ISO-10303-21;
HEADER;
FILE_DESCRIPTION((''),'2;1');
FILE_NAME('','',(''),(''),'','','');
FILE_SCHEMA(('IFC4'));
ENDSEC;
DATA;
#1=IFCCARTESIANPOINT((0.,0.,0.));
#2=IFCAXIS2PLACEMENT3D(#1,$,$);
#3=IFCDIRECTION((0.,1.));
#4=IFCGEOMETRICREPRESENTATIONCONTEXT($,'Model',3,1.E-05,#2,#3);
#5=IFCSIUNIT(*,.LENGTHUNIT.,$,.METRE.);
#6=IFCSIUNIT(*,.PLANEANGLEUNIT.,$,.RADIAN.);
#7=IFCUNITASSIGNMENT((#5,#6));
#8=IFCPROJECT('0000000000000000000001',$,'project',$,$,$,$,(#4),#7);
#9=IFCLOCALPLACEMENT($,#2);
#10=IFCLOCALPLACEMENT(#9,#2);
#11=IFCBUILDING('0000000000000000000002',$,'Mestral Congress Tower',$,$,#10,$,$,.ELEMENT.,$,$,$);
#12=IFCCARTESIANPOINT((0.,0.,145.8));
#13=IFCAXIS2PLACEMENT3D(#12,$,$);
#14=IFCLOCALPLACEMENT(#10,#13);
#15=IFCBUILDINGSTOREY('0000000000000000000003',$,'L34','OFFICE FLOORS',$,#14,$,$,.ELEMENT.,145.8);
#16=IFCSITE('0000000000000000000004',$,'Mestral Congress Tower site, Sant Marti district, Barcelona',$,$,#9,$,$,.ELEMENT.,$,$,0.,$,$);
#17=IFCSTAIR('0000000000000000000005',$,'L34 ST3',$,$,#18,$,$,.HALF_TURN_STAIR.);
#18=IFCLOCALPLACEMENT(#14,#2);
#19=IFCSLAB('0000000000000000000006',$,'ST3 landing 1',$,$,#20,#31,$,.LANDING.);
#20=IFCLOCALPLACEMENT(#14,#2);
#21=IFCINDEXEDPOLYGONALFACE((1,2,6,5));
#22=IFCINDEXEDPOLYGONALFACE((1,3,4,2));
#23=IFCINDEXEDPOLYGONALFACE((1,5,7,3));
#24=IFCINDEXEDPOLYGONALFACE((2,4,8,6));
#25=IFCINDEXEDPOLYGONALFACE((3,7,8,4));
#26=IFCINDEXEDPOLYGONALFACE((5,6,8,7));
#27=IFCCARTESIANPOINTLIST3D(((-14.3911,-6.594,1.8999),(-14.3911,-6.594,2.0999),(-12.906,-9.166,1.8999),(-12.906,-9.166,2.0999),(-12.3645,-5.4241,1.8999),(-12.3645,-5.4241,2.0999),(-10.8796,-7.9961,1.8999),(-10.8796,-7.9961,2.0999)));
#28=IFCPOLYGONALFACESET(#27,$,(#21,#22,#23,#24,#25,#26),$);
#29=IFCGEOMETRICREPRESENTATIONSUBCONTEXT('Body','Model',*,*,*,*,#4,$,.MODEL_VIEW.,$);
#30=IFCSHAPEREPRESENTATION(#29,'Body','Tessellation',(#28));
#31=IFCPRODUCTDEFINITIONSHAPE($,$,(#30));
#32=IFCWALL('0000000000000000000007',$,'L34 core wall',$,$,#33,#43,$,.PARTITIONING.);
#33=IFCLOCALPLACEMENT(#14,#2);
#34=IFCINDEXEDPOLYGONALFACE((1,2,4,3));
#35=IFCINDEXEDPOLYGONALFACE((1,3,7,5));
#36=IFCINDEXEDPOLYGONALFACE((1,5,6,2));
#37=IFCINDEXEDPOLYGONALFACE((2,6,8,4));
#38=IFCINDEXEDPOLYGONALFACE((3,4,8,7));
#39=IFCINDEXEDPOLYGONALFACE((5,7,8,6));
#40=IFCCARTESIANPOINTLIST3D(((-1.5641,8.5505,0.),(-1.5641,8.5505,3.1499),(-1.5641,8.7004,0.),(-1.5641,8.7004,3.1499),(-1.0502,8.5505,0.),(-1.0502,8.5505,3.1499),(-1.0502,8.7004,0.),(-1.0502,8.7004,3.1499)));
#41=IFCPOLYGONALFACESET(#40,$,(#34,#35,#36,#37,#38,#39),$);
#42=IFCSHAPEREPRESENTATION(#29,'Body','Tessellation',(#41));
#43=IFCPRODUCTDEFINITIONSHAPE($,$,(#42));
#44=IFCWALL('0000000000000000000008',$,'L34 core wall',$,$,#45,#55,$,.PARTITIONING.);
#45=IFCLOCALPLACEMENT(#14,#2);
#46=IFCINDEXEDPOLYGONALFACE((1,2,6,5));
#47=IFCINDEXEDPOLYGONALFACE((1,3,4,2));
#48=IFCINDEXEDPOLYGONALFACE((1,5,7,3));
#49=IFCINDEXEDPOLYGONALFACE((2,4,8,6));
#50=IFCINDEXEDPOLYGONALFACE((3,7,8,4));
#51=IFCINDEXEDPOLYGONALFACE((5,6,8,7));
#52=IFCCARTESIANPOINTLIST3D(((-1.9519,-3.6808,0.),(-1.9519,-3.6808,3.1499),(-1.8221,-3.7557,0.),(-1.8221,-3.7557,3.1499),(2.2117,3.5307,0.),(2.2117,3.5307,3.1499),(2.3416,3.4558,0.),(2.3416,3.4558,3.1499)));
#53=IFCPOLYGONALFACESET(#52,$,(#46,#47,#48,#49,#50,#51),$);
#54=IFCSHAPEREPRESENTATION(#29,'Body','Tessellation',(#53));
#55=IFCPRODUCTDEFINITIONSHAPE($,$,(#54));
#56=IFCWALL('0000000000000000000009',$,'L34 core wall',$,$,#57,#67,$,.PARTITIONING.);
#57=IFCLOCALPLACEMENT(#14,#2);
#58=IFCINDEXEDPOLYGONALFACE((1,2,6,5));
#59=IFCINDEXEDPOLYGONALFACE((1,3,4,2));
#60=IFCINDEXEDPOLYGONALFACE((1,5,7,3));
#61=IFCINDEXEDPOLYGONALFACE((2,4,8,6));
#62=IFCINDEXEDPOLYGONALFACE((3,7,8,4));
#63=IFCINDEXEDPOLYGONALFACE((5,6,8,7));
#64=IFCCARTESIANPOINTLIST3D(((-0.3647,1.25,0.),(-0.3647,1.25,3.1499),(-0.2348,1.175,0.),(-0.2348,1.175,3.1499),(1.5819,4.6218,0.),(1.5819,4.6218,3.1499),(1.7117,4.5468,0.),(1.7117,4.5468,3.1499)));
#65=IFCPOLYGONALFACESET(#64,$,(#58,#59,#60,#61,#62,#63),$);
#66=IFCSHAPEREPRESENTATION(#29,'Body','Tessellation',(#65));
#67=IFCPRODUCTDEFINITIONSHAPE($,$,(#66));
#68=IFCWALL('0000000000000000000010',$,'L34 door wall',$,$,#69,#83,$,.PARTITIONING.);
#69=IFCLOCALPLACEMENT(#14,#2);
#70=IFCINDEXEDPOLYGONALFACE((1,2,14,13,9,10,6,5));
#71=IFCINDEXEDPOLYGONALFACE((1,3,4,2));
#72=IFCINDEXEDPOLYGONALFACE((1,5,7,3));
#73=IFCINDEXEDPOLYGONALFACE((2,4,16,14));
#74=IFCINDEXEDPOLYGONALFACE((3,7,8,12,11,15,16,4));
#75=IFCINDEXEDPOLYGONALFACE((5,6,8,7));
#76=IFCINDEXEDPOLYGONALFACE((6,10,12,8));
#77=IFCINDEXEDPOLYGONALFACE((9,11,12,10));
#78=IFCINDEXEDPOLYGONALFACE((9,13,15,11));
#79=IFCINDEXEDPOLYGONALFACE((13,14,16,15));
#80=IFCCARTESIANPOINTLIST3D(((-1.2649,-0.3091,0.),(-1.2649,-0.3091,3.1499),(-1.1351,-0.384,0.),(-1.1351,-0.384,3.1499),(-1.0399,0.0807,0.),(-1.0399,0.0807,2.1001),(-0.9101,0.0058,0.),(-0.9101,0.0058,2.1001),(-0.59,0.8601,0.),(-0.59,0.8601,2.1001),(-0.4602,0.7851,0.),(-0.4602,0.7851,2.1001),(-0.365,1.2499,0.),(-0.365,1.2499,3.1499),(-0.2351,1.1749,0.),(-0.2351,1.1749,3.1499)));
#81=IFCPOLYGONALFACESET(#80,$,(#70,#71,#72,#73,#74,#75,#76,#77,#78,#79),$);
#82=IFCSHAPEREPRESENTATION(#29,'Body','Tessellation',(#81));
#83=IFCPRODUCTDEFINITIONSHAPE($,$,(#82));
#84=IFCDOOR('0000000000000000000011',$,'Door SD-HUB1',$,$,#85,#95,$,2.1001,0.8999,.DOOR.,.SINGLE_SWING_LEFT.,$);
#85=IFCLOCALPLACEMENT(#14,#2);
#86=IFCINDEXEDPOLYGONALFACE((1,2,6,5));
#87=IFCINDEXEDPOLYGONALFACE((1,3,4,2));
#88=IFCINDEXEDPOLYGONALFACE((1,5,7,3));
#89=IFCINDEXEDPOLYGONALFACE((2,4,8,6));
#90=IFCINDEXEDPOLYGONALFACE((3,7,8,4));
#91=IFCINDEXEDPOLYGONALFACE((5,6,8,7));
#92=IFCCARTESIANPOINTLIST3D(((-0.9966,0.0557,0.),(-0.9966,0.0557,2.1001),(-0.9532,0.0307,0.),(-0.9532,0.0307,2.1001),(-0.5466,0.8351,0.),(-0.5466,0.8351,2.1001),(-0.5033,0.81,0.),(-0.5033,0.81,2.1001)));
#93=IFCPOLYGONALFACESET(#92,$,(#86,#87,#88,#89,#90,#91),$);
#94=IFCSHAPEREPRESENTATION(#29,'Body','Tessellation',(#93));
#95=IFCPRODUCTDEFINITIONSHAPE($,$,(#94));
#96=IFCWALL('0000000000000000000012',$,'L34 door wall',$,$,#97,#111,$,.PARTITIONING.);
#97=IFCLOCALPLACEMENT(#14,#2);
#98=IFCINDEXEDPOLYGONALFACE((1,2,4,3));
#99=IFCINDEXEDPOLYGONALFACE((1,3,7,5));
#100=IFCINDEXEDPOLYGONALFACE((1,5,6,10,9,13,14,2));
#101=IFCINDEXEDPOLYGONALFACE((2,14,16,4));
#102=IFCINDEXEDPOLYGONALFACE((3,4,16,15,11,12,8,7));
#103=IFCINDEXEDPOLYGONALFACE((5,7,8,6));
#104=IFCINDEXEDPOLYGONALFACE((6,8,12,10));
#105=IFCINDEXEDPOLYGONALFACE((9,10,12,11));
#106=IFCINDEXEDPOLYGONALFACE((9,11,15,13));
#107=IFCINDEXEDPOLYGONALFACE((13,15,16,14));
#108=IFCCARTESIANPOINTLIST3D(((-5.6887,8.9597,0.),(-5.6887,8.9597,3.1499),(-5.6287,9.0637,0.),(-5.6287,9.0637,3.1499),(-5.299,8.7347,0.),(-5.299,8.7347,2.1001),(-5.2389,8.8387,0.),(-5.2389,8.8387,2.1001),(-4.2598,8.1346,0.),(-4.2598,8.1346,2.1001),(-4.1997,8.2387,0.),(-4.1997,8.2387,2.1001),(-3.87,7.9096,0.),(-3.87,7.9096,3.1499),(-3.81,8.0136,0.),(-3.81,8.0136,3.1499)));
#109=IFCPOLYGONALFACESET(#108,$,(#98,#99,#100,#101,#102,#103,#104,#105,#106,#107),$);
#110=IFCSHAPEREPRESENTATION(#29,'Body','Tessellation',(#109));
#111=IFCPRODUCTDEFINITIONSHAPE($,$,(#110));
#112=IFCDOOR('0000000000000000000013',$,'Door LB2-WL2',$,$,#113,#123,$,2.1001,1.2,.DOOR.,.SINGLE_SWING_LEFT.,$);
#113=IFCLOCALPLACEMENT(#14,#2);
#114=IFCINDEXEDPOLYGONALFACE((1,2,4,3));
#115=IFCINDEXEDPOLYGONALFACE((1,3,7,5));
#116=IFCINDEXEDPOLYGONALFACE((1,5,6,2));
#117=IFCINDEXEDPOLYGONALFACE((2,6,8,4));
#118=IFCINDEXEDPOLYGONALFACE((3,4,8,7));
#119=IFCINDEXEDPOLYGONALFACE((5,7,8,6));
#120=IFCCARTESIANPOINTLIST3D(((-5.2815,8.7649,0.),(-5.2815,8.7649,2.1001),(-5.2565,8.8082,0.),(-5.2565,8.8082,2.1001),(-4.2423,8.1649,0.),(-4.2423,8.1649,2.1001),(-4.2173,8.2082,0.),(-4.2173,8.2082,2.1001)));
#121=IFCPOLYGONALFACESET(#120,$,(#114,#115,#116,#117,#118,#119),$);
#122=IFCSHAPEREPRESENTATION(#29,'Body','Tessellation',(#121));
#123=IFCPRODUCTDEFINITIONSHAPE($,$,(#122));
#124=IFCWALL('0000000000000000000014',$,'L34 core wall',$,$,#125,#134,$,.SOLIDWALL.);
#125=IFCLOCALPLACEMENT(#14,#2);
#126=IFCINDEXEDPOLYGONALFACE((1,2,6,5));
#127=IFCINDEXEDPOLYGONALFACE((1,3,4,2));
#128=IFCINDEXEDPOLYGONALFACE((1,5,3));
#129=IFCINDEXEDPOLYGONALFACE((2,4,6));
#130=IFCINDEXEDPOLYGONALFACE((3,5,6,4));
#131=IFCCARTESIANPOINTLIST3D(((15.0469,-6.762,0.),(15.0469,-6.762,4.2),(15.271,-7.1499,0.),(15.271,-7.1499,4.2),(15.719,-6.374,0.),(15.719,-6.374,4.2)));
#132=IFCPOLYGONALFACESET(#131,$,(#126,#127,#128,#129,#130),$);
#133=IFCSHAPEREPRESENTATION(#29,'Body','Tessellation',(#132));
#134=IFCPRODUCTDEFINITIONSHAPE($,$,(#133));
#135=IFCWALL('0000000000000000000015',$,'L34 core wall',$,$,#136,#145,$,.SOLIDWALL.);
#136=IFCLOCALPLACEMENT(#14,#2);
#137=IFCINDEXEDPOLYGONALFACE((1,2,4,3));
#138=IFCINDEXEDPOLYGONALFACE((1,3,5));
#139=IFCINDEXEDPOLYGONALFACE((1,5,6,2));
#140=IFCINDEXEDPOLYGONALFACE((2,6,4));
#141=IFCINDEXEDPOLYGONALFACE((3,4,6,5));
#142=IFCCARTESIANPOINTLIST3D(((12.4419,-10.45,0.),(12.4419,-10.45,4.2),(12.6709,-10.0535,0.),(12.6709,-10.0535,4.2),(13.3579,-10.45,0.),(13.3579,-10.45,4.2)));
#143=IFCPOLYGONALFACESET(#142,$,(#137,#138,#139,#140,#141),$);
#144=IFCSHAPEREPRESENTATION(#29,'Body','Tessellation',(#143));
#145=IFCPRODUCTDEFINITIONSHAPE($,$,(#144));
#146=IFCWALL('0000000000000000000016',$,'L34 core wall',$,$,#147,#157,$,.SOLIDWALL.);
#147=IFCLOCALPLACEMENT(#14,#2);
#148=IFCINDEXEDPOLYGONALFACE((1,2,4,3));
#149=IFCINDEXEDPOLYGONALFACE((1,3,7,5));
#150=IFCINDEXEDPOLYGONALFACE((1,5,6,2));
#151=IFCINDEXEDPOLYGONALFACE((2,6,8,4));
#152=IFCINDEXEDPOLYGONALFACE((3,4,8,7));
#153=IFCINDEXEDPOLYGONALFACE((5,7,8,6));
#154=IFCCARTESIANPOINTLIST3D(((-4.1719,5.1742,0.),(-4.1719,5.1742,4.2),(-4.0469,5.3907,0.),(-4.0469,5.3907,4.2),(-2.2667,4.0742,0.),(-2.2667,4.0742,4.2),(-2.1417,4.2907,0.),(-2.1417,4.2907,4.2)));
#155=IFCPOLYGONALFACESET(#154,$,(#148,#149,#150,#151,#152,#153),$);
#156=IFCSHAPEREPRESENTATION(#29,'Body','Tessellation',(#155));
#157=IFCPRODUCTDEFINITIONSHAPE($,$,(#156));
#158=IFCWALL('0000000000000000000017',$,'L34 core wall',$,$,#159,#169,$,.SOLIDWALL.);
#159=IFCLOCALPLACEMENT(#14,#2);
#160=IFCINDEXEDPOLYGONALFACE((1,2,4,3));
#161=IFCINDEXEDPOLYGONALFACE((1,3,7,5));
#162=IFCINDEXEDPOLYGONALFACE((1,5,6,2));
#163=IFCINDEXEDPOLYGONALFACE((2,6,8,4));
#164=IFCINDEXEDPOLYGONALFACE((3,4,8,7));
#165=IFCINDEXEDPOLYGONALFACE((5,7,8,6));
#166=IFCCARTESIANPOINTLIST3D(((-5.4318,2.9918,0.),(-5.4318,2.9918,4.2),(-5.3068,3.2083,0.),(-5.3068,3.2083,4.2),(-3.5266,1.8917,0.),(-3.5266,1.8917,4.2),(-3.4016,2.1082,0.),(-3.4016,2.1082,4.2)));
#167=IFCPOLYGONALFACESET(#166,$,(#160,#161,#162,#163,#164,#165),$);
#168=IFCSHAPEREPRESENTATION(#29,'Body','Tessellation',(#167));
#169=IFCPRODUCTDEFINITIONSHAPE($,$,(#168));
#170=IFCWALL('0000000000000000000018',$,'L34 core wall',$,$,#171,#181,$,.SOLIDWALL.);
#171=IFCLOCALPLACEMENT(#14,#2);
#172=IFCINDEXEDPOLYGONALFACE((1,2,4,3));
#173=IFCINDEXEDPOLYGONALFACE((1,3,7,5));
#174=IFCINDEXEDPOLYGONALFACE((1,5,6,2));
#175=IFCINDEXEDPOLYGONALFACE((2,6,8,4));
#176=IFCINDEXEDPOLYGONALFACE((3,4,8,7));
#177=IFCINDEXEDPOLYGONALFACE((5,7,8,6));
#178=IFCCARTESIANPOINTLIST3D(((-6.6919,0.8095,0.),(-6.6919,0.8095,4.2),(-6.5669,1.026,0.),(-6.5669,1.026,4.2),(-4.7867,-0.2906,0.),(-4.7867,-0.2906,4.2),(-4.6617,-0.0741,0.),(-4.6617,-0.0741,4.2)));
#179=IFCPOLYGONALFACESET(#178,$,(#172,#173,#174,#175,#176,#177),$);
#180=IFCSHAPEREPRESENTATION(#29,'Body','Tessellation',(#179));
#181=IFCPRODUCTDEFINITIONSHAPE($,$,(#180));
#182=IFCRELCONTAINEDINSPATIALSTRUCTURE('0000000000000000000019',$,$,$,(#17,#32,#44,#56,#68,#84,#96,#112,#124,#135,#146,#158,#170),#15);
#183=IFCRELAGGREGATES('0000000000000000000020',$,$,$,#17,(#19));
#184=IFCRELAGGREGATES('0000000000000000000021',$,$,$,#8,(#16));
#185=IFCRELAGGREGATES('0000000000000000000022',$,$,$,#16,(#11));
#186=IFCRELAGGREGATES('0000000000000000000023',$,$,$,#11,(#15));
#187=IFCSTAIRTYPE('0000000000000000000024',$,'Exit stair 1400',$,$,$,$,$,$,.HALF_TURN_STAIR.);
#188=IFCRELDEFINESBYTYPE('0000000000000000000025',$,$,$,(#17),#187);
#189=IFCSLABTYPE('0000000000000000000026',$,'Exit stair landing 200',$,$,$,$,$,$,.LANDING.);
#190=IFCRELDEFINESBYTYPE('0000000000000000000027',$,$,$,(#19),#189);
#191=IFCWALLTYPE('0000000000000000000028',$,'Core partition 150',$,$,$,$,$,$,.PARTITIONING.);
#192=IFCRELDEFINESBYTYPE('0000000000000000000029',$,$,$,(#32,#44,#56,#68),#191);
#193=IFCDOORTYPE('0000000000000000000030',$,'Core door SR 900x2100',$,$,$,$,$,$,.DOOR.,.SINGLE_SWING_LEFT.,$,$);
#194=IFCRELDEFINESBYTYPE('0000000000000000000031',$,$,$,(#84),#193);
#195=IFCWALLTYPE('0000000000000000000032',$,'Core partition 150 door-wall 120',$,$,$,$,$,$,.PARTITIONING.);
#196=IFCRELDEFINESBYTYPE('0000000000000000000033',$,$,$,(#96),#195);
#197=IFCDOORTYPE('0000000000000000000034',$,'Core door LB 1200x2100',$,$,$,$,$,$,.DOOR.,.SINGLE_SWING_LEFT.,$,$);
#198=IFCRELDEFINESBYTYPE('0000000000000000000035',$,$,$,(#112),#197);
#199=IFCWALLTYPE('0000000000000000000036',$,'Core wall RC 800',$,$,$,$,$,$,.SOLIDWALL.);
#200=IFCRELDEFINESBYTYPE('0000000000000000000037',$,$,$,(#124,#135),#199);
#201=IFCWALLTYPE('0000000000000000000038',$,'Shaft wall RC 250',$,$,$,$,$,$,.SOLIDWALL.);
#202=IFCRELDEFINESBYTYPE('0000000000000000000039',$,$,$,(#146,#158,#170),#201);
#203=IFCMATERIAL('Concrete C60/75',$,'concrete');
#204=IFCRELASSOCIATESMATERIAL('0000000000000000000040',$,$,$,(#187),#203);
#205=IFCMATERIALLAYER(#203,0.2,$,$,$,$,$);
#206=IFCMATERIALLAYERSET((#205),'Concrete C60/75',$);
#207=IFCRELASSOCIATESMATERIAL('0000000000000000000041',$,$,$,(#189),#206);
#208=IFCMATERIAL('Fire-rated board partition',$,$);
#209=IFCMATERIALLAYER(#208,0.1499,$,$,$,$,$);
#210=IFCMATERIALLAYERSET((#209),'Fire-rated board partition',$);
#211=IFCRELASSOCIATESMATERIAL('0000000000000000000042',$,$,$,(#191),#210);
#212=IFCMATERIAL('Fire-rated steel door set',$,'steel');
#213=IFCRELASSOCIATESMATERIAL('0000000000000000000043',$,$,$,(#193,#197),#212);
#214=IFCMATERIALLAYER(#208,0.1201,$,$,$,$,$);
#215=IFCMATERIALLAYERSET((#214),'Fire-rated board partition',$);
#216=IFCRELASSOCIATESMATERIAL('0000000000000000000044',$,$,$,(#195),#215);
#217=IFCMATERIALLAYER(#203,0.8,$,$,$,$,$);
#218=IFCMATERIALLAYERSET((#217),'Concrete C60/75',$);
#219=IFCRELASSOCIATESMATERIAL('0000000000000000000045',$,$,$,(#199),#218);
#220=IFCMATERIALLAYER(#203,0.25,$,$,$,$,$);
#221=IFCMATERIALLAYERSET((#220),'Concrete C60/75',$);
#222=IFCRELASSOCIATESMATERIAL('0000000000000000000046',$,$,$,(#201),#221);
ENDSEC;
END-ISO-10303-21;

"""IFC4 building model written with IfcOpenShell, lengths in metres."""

from ifc_helpers import new_model, si_unit, direction, frame, frame_2d, origin, place, context, subcontext, project, spatial, polyline, rectangle, outline, extrude, material, layer, layer_set, type_object, element, fill, aggregate, save


model = new_model("IFC4")

# Units and contexts
model_context = context("Model", 3, precision=1e-05, world=origin(), true_north=direction((0.0, 1.0)))
body_context = subcontext(model_context, "Body", "Model", "MODEL_VIEW")
ifc_project = project(units=[si_unit("LENGTHUNIT", "METRE"), si_unit("PLANEANGLEUNIT", "RADIAN")], contexts=[model_context])

# Site, building, storey
site_placement = place(None, origin())
site = spatial("IfcSite", under=ifc_project, at=site_placement, Name="Mestral Congress Tower site, Sant Marti district, Barcelona", CompositionType="ELEMENT", RefElevation=0.0)
building_placement = place(site_placement, origin())
building = spatial("IfcBuilding", under=site, at=building_placement, Name="Mestral Congress Tower", CompositionType="ELEMENT")
storey_placement = place(building_placement, frame((0.0, 0.0, 145.8)))
storey = spatial("IfcBuildingStorey", under=building, at=storey_placement, Name="L34", Description="OFFICE FLOORS", CompositionType="ELEMENT", Elevation=145.8)

# Shared definitions
ifc_material_1 = material(Name="Concrete C60/75", Category="concrete")

# Stair, slab
stair_type = type_object("IfcStairType", Name="Exit stair 1400", PredefinedType="HALF_TURN_STAIR", material=ifc_material_1)
placement_1 = place(storey_placement, origin())
ifc_layer_1 = layer(ifc_material_1, 0.2)
ifc_layer_set_1 = layer_set([ifc_layer_1], Name="Concrete C60/75")
slab_type_1 = type_object("IfcSlabType", Name="Exit stair landing 200", PredefinedType="LANDING", material=ifc_layer_set_1)
placement_2 = place(storey_placement, frame((0.0, 0.0, 1.8999)))
stair_1 = element("IfcStair", 1, at=placement_1, inside=storey, type_object=stair_type, Name="L34 ST3", PredefinedType="HALF_TURN_STAIR")
slab_1 = element("IfcSlab", 2, at=placement_2, type_object=slab_type_1, Name="ST3 landing 1", PredefinedType="LANDING", context=body_context, shape_type="SweptSolid", body=[
    extrude(outline(polyline([(-12.3645, -5.4241), (-10.8796, -7.9961), (-12.906, -9.166), (-14.3911, -6.594), (-12.3645, -5.4241)])), origin(), (0.0, 0.0, 1.0), 0.2),
])
aggregate(stair_1, [slab_1])

# Walls
ifc_material_2 = material(Name="Fire-rated board partition")
ifc_layer_2 = layer(ifc_material_2, 0.1499)
ifc_layer_set_2 = layer_set([ifc_layer_2], Name="Fire-rated board partition")
wall_type_1 = type_object("IfcWallType", Name="Core partition 150", PredefinedType="PARTITIONING", material=ifc_layer_set_2)
wall_1_placement = place(storey_placement, frame((-1.564, 8.6255, 0.0), z_axis=(0.0, 0.0, 1.0), x_axis=(1.0, 0.0, 0.0)))
element("IfcWall", 3, at=wall_1_placement, inside=storey, type_object=wall_type_1, Name="L34 core wall", PredefinedType="PARTITIONING", context=body_context, shape_type="SweptSolid", body=[
    extrude(rectangle(XDim=0.5139, YDim=0.1499, at=frame_2d((0.2568, 0.0))), origin(), (0.0, 0.0, 1.0), 3.1499),
])
wall_2_placement = place(storey_placement, frame((-1.887, -3.7183, 0.0), z_axis=(0.0, 0.0, 1.0), x_axis=(0.500005, 0.866023, 0.0)))
element("IfcWall", 4, at=wall_2_placement, inside=storey, type_object=wall_type_1, Name="L34 core wall", PredefinedType="PARTITIONING", context=body_context, shape_type="SweptSolid", body=[
    extrude(rectangle(XDim=8.3271, YDim=0.1499, at=frame_2d((4.1636, 0.0))), origin(), (0.0, 0.0, 1.0), 3.1499),
])
wall_3_placement = place(storey_placement, frame((-0.2998, 1.2124, 0.0), z_axis=(0.0, 0.0, 1.0), x_axis=(0.499963, 0.866047, 0.0)))
element("IfcWall", 5, at=wall_3_placement, inside=storey, type_object=wall_type_1, Name="L34 core wall", PredefinedType="PARTITIONING", context=body_context, shape_type="SweptSolid", body=[
    extrude(rectangle(XDim=3.8933, YDim=0.1499, at=frame_2d((1.9468, 0.0))), origin(), (0.0, 0.0, 1.0), 3.1499),
])

# Walls, openings, doors
wall_4_placement = place(storey_placement, frame((-1.2, -0.3464, 0.0), z_axis=(0.0, 0.0, 1.0), x_axis=(0.499961, 0.866048, 0.0)))
wall_4 = element("IfcWall", 6, at=wall_4_placement, inside=storey, type_object=wall_type_1, Name="L34 door wall", PredefinedType="PARTITIONING", context=body_context, shape_type="SweptSolid", body=[
    extrude(rectangle(XDim=1.8, YDim=0.1499, at=frame_2d((0.8999, 0.0))), origin(), (0.0, 0.0, 1.0), 3.1499),
])
opening_1_placement = place(wall_4_placement, frame((0.45, 0.0, 0.0)))
opening_1 = element("IfcOpeningElement", 7, at=opening_1_placement, cuts=wall_4, PredefinedType="OPENING", context=body_context, shape_type="SweptSolid", body=[
    extrude(rectangle(XDim=0.8999, YDim=2.1001, at=frame_2d((0.45, 1.05))), frame((0.0, 0.085, 0.0), z_axis=(0.0, -1.0, 0.0), x_axis=(1.0, 0.0, 0.0)), (0.0, 0.0, 1.0), 0.1699),
])
ifc_material_3 = material(Name="Fire-rated steel door set", Category="steel")
door_type_1 = type_object("IfcDoorType", Name="Core door SR 900x2100", OperationType="SINGLE_SWING_LEFT", PredefinedType="DOOR", material=ifc_material_3)
door_1_placement = place(opening_1_placement, origin())
door_1 = element("IfcDoor", 8, at=door_1_placement, inside=storey, type_object=door_type_1, Name="Door SD-HUB1", OperationType="SINGLE_SWING_LEFT", OverallHeight=2.1001, OverallWidth=0.8999, PredefinedType="DOOR", context=body_context, shape_type="SweptSolid", body=[
    extrude(rectangle(XDim=0.8999, YDim=2.1001, at=frame_2d((0.45, 1.05))), frame((0.0, 0.0249, 0.0), z_axis=(0.0, -1.0, 0.0), x_axis=(1.0, 0.0, 0.0)), (0.0, 0.0, 1.0), 0.05),
])
fill(opening_1, door_1)
ifc_layer_3 = layer(ifc_material_2, 0.1201)
ifc_layer_set_3 = layer_set([ifc_layer_3], Name="Fire-rated board partition")
wall_type_2 = type_object("IfcWallType", Name="Core partition 150 door-wall 120", PredefinedType="PARTITIONING", material=ifc_layer_set_3)
wall_5_placement = place(storey_placement, frame((-5.6587, 9.0117, 0.0), z_axis=(0.0, 0.0, 1.0), x_axis=(0.866009, -0.500028, 0.0)))
wall_5 = element("IfcWall", 9, at=wall_5_placement, inside=storey, type_object=wall_type_2, Name="L34 door wall", PredefinedType="PARTITIONING", context=body_context, shape_type="SweptSolid", body=[
    extrude(rectangle(XDim=2.1001, YDim=0.1201, at=frame_2d((1.05, 0.0))), origin(), (0.0, 0.0, 1.0), 3.1499),
])
opening_2_placement = place(wall_5_placement, frame((0.45, 0.0, 0.0)))
opening_2 = element("IfcOpeningElement", 10, at=opening_2_placement, cuts=wall_5, PredefinedType="OPENING", context=body_context, shape_type="SweptSolid", body=[
    extrude(rectangle(XDim=1.2, YDim=2.1001, at=frame_2d((0.6001, 1.05))), frame((0.0, 0.0701, 0.0), z_axis=(0.0, -1.0, 0.0), x_axis=(1.0, 0.0, 0.0)), (0.0, 0.0, 1.0), 0.1401),
])
door_type_2 = type_object("IfcDoorType", Name="Core door LB 1200x2100", OperationType="SINGLE_SWING_LEFT", PredefinedType="DOOR", material=ifc_material_3)
door_2_placement = place(opening_2_placement, origin())
door_2 = element("IfcDoor", 11, at=door_2_placement, inside=storey, type_object=door_type_2, Name="Door LB2-WL2", OperationType="SINGLE_SWING_LEFT", OverallHeight=2.1001, OverallWidth=1.2, PredefinedType="DOOR", context=body_context, shape_type="SweptSolid", body=[
    extrude(rectangle(XDim=1.2, YDim=2.1001, at=frame_2d((0.6001, 1.05))), frame((0.0, 0.0249, 0.0), z_axis=(0.0, -1.0, 0.0), x_axis=(1.0, 0.0, 0.0)), (0.0, 0.0, 1.0), 0.05),
])
fill(opening_2, door_2)

# Walls
ifc_layer_4 = layer(ifc_material_1, 0.8)
ifc_layer_set_4 = layer_set([ifc_layer_4], Name="Concrete C60/75")
wall_type_3 = type_object("IfcWallType", Name="Core wall RC 800", PredefinedType="SOLIDWALL", material=ifc_layer_set_4)
element("IfcWall", 12, at=placement_1, inside=storey, type_object=wall_type_3, Name="L34 core wall", PredefinedType="SOLIDWALL", context=body_context, shape_type="SweptSolid", body=[
    extrude(outline(polyline([(15.271, -7.1499), (15.0469, -6.762), (15.719, -6.374), (15.271, -7.1499)])), origin(), (0.0, 0.0, 1.0), 4.2),
])
element("IfcWall", 13, at=placement_1, inside=storey, type_object=wall_type_3, Name="L34 core wall", PredefinedType="SOLIDWALL", context=body_context, shape_type="SweptSolid", body=[
    extrude(outline(polyline([(12.6709, -10.0535), (13.3579, -10.45), (12.4419, -10.45), (12.6709, -10.0535)])), origin(), (0.0, 0.0, 1.0), 4.2),
])
ifc_layer_5 = layer(ifc_material_1, 0.25)
ifc_layer_set_5 = layer_set([ifc_layer_5], Name="Concrete C60/75")
wall_type_4 = type_object("IfcWallType", Name="Shaft wall RC 250", PredefinedType="SOLIDWALL", material=ifc_layer_set_5)
for number, where, z_axis, x_axis, name in (
    (14, (-2.2041, 4.1824, 0.0), (0.0, 0.0, 1.0), (-0.866008, 0.50003, 0.0), "L34 core wall"),
    (15, (-5.3694, 3.1001, 0.0), (0.0, 0.0, 1.0), (0.866008, -0.50003, 0.0), "L34 core wall"),
    (16, (-4.7241, -0.1824, 0.0), (0.0, 0.0, 1.0), (-0.866008, 0.50003, 0.0), "L34 core wall"),
):
    element("IfcWall", number, at=place(storey_placement, frame(where, z_axis=z_axis, x_axis=x_axis)), inside=storey, type_object=wall_type_4, Name=name, PredefinedType="SOLIDWALL", context=body_context, shape_type="SweptSolid", body=[
        extrude(rectangle(XDim=2.2, YDim=0.25, at=frame_2d((1.1001, 0.0))), origin(), (0.0, 0.0, 1.0), 4.2),
    ])

save(model, "model.ifc")
